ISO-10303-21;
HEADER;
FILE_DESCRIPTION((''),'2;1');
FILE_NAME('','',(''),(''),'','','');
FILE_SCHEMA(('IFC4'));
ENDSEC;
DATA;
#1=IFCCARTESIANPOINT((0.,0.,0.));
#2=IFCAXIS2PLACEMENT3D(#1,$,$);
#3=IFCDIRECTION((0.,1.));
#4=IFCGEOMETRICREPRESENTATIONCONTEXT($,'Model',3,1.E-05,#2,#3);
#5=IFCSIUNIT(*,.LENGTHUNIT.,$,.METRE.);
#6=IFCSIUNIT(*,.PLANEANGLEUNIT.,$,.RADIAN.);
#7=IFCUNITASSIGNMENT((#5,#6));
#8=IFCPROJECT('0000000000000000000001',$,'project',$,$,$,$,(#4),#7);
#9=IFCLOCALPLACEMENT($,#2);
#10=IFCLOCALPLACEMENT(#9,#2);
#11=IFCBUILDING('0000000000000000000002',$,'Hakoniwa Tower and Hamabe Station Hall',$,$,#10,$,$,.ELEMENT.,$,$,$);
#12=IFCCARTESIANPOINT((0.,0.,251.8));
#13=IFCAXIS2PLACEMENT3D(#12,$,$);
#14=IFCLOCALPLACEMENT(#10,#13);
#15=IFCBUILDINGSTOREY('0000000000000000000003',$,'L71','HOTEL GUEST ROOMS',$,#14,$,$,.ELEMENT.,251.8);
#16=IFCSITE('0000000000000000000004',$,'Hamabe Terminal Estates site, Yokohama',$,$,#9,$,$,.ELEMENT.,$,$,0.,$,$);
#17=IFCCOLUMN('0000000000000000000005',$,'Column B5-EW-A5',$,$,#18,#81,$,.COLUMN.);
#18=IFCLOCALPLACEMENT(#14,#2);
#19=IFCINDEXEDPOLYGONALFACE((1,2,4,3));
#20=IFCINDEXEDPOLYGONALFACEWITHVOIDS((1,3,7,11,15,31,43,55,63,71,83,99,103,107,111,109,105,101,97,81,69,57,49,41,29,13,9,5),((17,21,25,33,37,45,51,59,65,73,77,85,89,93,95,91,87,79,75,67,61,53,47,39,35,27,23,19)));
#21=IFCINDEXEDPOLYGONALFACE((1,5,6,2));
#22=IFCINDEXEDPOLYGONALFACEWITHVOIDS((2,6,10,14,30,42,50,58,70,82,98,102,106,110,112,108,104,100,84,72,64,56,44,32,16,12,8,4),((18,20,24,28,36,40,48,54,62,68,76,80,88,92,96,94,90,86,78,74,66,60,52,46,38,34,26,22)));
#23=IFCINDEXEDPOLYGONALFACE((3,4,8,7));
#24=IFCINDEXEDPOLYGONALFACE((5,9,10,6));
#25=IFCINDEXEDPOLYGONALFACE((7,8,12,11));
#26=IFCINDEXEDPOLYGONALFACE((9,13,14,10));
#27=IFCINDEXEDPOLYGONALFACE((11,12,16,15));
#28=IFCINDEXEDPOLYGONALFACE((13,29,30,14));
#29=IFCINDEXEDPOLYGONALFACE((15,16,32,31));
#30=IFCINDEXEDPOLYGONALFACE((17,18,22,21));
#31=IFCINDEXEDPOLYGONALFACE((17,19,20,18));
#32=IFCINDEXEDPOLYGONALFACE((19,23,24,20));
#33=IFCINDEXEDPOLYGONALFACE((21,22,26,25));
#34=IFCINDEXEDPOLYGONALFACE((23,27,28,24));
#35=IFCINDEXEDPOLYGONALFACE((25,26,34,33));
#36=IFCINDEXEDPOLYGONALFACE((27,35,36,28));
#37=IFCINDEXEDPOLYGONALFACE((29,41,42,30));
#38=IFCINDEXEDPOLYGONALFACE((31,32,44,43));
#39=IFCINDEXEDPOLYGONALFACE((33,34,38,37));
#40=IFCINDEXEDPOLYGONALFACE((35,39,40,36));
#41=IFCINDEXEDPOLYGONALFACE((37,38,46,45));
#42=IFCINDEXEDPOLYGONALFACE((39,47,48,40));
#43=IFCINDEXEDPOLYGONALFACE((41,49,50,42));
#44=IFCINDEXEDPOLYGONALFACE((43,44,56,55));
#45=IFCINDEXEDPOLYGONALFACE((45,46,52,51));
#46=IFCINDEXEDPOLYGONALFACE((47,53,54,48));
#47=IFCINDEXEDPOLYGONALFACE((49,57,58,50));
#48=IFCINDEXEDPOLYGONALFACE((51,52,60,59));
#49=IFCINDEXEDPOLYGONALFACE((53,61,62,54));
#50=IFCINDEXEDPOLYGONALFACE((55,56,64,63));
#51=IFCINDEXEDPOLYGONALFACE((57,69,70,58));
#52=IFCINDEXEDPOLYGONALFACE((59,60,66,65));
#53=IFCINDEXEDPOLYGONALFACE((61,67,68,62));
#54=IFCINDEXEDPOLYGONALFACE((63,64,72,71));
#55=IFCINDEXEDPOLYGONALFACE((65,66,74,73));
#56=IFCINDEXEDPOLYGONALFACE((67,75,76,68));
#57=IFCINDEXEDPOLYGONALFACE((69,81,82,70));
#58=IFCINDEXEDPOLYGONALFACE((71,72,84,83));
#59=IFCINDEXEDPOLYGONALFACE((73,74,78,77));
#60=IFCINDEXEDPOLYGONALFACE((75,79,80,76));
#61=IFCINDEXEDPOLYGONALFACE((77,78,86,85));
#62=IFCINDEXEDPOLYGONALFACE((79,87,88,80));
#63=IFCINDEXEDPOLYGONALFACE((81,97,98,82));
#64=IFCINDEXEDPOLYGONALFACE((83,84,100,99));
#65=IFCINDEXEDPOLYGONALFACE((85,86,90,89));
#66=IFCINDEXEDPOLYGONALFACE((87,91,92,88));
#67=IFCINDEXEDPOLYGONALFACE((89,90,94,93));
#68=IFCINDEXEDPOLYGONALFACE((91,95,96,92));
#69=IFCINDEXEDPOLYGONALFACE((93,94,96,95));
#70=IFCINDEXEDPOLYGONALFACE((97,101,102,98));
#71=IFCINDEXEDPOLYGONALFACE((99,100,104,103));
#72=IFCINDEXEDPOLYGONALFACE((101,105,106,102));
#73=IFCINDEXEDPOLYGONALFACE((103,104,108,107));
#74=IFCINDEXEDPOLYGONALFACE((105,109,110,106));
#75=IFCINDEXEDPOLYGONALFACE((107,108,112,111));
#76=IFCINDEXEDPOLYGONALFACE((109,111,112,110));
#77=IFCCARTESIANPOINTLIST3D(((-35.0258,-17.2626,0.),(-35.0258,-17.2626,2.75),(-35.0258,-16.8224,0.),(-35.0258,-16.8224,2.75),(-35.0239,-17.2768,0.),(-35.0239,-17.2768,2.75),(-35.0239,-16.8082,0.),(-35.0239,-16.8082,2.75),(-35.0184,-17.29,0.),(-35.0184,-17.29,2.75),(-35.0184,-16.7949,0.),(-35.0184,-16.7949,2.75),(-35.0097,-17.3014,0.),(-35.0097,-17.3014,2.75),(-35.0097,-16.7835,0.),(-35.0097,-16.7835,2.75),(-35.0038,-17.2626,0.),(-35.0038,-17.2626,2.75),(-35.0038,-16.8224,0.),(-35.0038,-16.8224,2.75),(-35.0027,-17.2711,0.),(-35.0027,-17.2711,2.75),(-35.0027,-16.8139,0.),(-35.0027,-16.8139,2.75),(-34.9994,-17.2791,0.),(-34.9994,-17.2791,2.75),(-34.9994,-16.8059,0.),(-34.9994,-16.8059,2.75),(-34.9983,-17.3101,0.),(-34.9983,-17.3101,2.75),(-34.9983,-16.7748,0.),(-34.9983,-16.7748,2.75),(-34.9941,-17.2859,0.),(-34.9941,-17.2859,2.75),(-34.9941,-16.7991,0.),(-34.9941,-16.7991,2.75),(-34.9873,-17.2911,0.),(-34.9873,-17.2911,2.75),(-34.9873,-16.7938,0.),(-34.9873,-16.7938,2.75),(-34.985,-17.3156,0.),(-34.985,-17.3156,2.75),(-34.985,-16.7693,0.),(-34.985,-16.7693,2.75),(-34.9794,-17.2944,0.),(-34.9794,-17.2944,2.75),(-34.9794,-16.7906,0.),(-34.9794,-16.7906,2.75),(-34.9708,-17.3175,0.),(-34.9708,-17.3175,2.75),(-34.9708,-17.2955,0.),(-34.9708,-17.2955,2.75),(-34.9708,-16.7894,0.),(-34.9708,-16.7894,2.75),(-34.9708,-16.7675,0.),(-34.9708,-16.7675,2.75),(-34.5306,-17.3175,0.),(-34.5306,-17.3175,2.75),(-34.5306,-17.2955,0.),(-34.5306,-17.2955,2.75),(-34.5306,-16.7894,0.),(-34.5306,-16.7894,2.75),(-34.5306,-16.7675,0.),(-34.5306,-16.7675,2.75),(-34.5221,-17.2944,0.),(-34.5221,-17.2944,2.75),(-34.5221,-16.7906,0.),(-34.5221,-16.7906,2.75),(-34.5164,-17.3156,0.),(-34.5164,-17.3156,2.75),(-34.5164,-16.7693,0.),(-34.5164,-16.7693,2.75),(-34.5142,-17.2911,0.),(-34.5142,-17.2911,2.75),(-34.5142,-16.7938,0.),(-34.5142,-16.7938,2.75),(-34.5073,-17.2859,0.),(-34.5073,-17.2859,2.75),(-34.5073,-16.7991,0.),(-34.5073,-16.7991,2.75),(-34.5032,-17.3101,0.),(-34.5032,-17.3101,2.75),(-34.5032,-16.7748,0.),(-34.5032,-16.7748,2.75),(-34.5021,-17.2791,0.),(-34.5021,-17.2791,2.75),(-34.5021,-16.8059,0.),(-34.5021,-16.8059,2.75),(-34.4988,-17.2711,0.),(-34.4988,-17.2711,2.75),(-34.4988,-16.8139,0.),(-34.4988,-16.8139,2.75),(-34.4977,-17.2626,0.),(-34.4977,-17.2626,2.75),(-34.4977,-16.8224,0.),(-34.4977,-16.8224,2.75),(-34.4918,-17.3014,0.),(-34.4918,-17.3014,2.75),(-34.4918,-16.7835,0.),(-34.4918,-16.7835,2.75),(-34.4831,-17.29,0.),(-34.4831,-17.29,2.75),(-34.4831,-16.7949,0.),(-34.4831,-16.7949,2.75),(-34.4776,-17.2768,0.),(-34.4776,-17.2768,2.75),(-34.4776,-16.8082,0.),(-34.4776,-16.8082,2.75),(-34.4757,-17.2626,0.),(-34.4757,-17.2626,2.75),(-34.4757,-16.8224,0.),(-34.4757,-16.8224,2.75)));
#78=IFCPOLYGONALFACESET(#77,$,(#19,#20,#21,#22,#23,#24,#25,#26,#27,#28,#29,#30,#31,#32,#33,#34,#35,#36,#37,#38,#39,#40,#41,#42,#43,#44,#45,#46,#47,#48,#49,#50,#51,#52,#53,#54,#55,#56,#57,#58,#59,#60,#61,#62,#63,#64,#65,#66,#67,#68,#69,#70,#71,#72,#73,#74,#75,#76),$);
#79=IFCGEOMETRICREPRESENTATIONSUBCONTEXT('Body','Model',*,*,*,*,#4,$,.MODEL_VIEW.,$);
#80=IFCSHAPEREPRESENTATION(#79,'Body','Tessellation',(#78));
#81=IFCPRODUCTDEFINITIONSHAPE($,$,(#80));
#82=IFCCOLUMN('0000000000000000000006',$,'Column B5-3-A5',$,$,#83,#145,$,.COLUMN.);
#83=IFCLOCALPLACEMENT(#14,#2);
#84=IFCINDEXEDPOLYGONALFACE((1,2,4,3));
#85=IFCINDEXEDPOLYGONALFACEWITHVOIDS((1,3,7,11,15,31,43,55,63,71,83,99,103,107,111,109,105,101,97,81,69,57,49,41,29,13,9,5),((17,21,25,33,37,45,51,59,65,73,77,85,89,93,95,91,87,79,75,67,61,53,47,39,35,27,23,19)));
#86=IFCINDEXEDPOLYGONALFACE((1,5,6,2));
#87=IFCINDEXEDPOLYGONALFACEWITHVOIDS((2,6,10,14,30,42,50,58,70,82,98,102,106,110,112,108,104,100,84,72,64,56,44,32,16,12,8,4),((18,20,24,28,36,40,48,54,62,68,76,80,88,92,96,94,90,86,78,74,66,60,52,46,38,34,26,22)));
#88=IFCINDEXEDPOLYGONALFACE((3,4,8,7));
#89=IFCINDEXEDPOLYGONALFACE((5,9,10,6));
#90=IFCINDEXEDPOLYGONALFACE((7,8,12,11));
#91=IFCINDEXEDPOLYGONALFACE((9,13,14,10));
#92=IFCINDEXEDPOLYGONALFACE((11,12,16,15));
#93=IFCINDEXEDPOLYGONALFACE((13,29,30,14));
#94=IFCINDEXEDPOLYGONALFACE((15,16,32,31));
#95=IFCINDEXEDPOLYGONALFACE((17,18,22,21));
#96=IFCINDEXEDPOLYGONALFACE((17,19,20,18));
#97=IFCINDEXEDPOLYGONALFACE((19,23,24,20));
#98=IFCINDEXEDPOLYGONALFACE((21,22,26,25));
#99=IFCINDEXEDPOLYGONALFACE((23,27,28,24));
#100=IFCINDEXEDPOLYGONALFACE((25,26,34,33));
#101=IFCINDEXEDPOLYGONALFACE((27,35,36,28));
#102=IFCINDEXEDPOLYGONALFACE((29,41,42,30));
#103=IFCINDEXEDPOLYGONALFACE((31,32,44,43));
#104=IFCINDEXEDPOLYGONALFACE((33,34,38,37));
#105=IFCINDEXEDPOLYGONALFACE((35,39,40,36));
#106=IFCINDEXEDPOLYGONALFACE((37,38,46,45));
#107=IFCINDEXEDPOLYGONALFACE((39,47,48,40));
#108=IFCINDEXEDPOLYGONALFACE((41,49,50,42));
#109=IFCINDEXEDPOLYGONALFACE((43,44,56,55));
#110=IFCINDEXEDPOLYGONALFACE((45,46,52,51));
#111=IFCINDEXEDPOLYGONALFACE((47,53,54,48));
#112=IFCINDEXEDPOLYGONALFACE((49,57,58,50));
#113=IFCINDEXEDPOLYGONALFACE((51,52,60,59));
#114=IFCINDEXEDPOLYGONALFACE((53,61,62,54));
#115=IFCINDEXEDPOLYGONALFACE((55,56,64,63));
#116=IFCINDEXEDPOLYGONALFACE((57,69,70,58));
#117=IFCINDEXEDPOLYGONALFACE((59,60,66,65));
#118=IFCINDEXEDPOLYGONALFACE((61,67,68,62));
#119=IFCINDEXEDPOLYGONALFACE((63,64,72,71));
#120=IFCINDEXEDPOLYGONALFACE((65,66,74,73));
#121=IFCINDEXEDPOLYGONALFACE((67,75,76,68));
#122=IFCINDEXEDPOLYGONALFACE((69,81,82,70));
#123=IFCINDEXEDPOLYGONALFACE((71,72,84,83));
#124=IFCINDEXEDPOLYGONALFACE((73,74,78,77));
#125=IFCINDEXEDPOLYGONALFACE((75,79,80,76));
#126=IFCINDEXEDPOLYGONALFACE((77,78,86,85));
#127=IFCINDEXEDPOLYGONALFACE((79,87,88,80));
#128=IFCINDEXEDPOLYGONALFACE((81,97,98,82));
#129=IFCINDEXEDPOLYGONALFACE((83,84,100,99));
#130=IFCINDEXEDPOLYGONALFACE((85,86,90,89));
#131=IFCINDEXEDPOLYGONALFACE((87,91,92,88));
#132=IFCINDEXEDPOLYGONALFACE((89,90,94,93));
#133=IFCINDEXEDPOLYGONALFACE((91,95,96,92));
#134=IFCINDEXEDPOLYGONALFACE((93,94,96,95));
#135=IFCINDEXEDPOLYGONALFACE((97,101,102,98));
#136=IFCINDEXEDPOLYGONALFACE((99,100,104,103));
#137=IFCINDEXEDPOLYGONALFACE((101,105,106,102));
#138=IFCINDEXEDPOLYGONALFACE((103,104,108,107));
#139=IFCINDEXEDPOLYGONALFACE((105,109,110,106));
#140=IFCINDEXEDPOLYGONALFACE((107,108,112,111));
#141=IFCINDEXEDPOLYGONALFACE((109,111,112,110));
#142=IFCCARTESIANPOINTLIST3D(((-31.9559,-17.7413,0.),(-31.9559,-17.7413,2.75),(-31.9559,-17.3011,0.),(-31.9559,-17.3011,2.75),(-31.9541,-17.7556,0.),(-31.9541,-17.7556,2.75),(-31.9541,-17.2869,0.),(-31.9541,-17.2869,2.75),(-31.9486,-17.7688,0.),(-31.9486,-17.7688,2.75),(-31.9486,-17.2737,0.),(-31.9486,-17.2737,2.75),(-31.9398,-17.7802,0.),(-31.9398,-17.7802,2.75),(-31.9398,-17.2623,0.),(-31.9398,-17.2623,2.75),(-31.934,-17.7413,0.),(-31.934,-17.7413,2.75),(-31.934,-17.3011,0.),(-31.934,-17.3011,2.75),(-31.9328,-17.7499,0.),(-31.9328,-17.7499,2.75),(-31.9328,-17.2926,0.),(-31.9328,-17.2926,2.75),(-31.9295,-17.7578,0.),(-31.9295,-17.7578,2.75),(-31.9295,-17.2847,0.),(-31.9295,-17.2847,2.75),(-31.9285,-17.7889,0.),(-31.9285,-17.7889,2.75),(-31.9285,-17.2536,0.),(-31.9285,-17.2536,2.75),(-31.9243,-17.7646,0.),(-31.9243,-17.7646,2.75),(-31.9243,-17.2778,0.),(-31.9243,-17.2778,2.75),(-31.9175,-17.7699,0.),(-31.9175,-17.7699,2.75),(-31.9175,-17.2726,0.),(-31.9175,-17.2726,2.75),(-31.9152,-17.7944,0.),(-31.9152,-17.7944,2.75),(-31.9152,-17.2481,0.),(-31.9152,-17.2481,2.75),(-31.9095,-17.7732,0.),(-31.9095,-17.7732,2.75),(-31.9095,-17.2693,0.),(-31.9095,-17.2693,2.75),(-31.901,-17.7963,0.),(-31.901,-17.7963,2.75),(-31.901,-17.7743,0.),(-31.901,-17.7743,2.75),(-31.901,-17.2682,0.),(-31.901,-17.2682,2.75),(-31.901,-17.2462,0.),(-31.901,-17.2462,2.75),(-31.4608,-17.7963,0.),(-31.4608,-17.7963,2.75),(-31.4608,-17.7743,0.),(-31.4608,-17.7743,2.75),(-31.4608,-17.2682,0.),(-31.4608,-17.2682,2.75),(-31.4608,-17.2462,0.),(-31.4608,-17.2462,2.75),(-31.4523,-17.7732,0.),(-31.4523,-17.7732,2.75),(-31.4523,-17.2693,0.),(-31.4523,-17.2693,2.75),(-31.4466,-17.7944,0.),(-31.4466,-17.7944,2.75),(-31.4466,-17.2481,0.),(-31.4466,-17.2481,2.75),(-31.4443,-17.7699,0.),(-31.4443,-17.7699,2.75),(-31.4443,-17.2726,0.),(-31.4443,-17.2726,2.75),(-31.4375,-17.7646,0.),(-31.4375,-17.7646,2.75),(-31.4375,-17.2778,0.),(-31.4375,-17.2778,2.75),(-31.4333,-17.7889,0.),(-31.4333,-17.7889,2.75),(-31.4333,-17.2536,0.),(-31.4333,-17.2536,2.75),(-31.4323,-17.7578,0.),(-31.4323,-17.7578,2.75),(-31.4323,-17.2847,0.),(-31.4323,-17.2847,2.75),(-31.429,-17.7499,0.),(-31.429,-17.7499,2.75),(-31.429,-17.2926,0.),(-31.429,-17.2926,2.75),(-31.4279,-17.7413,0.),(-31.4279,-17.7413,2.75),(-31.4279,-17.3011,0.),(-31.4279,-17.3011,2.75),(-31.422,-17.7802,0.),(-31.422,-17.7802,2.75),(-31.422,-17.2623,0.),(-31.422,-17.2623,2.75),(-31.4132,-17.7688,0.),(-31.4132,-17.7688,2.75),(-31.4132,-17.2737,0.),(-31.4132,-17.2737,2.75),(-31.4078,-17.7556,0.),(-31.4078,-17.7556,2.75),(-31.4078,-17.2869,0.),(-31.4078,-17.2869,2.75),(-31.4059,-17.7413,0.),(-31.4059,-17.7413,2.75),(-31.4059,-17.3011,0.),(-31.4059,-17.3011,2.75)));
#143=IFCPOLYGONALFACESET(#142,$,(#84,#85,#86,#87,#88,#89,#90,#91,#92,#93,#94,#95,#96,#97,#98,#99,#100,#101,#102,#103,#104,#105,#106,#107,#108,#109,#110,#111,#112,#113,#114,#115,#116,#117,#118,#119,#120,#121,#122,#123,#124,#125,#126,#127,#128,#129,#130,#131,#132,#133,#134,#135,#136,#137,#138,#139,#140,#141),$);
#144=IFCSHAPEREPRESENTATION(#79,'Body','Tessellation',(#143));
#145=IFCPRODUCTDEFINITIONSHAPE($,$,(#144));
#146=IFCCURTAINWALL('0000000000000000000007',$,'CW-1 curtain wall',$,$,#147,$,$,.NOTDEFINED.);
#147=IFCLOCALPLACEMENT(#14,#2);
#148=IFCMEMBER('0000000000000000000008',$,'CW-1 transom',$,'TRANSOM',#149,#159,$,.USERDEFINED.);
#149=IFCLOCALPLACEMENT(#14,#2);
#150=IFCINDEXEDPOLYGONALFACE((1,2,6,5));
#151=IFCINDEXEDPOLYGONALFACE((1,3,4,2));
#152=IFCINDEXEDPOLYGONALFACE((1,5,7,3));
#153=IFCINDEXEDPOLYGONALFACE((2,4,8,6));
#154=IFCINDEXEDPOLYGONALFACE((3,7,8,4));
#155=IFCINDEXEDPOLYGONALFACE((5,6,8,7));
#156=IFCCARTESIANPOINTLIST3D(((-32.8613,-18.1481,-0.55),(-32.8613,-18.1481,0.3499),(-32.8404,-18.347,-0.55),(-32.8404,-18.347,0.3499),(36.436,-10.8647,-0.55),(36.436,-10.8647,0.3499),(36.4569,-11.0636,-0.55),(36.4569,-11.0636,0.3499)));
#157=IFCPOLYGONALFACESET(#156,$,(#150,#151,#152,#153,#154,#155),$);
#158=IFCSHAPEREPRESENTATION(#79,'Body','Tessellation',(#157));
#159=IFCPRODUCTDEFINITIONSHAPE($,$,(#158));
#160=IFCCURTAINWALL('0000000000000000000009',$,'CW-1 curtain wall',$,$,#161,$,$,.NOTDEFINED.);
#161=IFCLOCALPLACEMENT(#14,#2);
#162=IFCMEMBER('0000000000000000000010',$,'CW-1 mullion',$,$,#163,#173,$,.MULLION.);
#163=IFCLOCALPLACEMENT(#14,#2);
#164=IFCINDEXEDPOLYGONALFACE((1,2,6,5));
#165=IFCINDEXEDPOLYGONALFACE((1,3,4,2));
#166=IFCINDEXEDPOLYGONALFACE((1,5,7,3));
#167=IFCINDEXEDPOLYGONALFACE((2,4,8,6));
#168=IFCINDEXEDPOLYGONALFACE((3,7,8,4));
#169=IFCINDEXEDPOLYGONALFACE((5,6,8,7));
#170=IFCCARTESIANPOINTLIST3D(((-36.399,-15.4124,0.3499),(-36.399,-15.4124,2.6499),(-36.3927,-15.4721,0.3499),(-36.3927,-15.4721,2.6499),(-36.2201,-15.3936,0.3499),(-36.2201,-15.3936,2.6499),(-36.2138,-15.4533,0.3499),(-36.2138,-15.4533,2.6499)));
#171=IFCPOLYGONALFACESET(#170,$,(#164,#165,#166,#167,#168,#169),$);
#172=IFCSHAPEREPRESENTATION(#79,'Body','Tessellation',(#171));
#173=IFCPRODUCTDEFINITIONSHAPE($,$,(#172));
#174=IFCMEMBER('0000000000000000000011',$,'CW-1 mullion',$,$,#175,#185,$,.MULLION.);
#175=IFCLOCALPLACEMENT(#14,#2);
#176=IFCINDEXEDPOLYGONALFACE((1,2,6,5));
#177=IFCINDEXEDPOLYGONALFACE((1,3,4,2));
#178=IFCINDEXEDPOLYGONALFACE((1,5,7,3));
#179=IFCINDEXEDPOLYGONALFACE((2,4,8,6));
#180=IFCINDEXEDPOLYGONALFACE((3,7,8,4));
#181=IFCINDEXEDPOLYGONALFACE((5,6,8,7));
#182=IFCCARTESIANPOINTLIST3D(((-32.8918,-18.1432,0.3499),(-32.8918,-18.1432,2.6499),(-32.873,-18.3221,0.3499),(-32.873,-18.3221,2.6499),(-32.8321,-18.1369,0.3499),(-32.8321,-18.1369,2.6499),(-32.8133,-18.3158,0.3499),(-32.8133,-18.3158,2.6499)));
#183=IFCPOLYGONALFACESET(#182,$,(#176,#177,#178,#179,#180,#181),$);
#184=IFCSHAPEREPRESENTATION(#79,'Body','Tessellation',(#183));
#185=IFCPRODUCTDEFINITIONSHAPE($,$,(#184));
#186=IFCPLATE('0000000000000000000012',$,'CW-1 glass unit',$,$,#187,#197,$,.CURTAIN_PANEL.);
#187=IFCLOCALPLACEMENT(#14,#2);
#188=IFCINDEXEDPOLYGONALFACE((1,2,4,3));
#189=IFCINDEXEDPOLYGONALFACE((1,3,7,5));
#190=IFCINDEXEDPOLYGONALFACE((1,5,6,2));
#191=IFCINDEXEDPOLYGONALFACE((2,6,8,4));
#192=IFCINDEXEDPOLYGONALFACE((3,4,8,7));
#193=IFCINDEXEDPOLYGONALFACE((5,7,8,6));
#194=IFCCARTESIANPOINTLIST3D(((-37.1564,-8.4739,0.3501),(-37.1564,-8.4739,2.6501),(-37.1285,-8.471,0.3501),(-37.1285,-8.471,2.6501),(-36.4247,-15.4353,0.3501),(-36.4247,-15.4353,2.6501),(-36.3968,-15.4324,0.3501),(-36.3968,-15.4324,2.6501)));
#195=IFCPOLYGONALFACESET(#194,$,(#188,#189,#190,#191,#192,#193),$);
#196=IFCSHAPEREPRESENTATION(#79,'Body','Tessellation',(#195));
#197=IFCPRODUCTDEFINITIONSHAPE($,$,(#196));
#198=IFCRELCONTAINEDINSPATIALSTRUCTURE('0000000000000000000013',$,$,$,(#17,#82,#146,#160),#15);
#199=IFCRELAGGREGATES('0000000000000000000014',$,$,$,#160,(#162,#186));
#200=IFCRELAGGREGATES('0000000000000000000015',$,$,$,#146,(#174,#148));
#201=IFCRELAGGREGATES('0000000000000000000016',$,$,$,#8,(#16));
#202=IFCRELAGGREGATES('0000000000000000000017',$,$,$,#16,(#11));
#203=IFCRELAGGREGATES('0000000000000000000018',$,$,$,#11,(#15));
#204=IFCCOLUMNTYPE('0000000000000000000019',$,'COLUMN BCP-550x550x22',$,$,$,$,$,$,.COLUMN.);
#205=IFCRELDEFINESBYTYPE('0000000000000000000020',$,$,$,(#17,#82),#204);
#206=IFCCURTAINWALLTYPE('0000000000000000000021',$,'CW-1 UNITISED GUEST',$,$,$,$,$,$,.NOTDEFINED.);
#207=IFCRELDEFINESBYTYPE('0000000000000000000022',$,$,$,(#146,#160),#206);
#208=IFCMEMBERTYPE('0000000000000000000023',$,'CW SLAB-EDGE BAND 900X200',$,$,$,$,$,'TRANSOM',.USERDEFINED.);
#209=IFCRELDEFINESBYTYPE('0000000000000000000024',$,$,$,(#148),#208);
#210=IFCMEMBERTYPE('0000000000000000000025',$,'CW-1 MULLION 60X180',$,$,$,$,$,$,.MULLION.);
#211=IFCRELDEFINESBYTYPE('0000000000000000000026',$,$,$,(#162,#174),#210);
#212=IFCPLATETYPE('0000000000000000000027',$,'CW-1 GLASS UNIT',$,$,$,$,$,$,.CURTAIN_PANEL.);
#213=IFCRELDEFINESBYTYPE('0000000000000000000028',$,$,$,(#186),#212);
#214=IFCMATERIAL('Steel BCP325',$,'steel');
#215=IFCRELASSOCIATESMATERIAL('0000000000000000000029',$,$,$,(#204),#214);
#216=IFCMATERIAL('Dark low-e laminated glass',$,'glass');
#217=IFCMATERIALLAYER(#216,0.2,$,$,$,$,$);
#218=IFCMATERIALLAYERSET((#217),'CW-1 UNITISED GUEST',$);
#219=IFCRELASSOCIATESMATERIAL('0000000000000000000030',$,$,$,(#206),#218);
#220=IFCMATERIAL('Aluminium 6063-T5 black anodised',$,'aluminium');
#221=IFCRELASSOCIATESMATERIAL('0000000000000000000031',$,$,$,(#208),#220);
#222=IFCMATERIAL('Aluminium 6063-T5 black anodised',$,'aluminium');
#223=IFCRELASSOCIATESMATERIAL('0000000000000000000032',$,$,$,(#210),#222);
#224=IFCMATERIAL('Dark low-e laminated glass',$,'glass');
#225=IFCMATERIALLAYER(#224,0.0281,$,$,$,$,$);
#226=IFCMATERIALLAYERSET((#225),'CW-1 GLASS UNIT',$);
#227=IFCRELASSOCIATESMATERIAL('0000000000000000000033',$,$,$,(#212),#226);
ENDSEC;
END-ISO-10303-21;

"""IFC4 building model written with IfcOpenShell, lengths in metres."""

from ifc_helpers import new_model, si_unit, direction, frame, origin, origin_2d, place, context, subcontext, project, spatial, rectangle, hollow_rectangle, extrude, material, layer, layer_set, material_profile, profile_set, type_object, element, aggregate, save


model = new_model("IFC4")

# Units and contexts
model_context = context("Model", 3, precision=1e-05, world=origin(), true_north=direction((0.0, 1.0)))
body_context = subcontext(model_context, "Body", "Model", "MODEL_VIEW")
ifc_project = project(units=[si_unit("LENGTHUNIT", "METRE"), si_unit("PLANEANGLEUNIT", "RADIAN")], contexts=[model_context])

# Site, building, storey
site_placement = place(None, origin())
site = spatial("IfcSite", under=ifc_project, at=site_placement, Name="Hamabe Terminal Estates site, Yokohama", CompositionType="ELEMENT", RefElevation=0.0)
building_placement = place(site_placement, origin())
building = spatial("IfcBuilding", under=site, at=building_placement, Name="Hakoniwa Tower and Hamabe Station Hall", CompositionType="ELEMENT")
storey_placement = place(building_placement, frame((0.0, 0.0, 251.8)))
storey = spatial("IfcBuildingStorey", under=building, at=storey_placement, Name="L71", Description="HOTEL GUEST ROOMS", CompositionType="ELEMENT", Elevation=251.8)

# Columns
ifc_material_1 = material(Name="Steel BCP325", Category="steel")
ifc_material_profile_1 = material_profile(ifc_material_1, hollow_rectangle(XDim=0.55, YDim=0.55, WallThickness=0.022, InnerFilletRadius=0.033, OuterFilletRadius=0.0549, at=origin_2d()), Name="BCP-550x550x22")
ifc_profile_set_1 = profile_set([ifc_material_profile_1], Name="Steel BCP325")
column_type = type_object("IfcColumnType", Name="COLUMN BCP-550x550x22", PredefinedType="COLUMN", material=ifc_profile_set_1)
for number, where, z_axis, x_axis, name in (
    (1, (-34.7507, -17.0425, 0.0), (0.0, 0.0, 1.0), (1.0, 0.0, 0.0), "Column B5-EW-A5"),
    (2, (-31.6809, -17.5212, 0.0), (0.0, 0.0, 1.0), (1.0, 0.0, 0.0), "Column B5-3-A5"),
):
    element("IfcColumn", number, at=place(storey_placement, frame(where, z_axis=z_axis, x_axis=x_axis)), inside=storey, type_object=column_type, Name=name, PredefinedType="COLUMN", context=body_context, shape_type="SweptSolid", body=[
        extrude(hollow_rectangle(XDim=0.55, YDim=0.55, WallThickness=0.022, InnerFilletRadius=0.033, OuterFilletRadius=0.0549, at=origin_2d()), origin(), (0.0, 0.0, 1.0), 2.75),
    ])

# Curtain walls, members
ifc_material_2 = material(Name="Dark low-e laminated glass", Category="glass")
ifc_layer_1 = layer(ifc_material_2, 0.2)
ifc_layer_set_1 = layer_set([ifc_layer_1], Name="CW-1 UNITISED GUEST")
curtain_wall_type = type_object("IfcCurtainWallType", Name="CW-1 UNITISED GUEST", PredefinedType="NOTDEFINED", material=ifc_layer_set_1)
curtain_wall_1_placement = place(storey_placement, origin())
curtain_wall_1 = element("IfcCurtainWall", 3, at=curtain_wall_1_placement, inside=storey, type_object=curtain_wall_type, Name="CW-1 curtain wall", PredefinedType="NOTDEFINED")
ifc_material_3 = material(Name="Aluminium 6063-T5 black anodised", Category="aluminium")
ifc_material_profile_2 = material_profile(ifc_material_3, rectangle(XDim=0.2, YDim=0.8999, at=origin_2d()), Name="CW SLAB-EDGE BAND 900X200")
ifc_profile_set_2 = profile_set([ifc_material_profile_2], Name="Aluminium 6063-T5 black anodised")
member_type_1 = type_object("IfcMemberType", Name="CW SLAB-EDGE BAND 900X200", ElementType="TRANSOM", PredefinedType="USERDEFINED", material=ifc_profile_set_2)
member_1_placement = place(storey_placement, frame((-32.8508, -18.2476, -0.1001), z_axis=(0.994522, 0.104528, 0.0), x_axis=(-0.104528, 0.994522, 0.0)))
member_1 = element("IfcMember", 4, at=member_1_placement, type_object=member_type_1, Name="CW-1 transom", ObjectType="TRANSOM", PredefinedType="USERDEFINED", context=body_context, shape_type="SweptSolid", body=[
    extrude(rectangle(XDim=0.2, YDim=0.8999, at=origin_2d()), origin(), (0.0, 0.0, 1.0), 69.679),
])
curtain_wall_2_placement = place(storey_placement, origin())
curtain_wall_2 = element("IfcCurtainWall", 5, at=curtain_wall_2_placement, inside=storey, type_object=curtain_wall_type, Name="CW-1 curtain wall", PredefinedType="NOTDEFINED")
ifc_material_4 = material(Name="Aluminium 6063-T5 black anodised", Category="aluminium")
ifc_material_profile_3 = material_profile(ifc_material_4, rectangle(XDim=0.0601, YDim=0.1799, at=origin_2d()), Name="CW-1 MULLION 60X180")
ifc_profile_set_3 = profile_set([ifc_material_profile_3], Name="Aluminium 6063-T5 black anodised")
member_type_2 = type_object("IfcMemberType", Name="CW-1 MULLION 60X180", PredefinedType="MULLION", material=ifc_profile_set_3)
member_2_placement = place(storey_placement, frame((-36.3064, -15.4329, 0.3499), z_axis=(0.0, 0.0, 1.0), x_axis=(0.104528, -0.994522, 0.0)))
member_2 = element("IfcMember", 6, at=member_2_placement, type_object=member_type_2, Name="CW-1 mullion", PredefinedType="MULLION", context=body_context, shape_type="SweptSolid", body=[
    extrude(rectangle(XDim=0.0601, YDim=0.1799, at=origin_2d()), origin(), (0.0, 0.0, 1.0), 2.3),
])

# Member
member_3_placement = place(storey_placement, frame((-32.8525, -18.2295, 0.3499), z_axis=(0.0, 0.0, 1.0), x_axis=(0.994522, 0.104528, 0.0)))
member_3 = element("IfcMember", 7, at=member_3_placement, type_object=member_type_2, Name="CW-1 mullion", PredefinedType="MULLION", context=body_context, shape_type="SweptSolid", body=[
    extrude(rectangle(XDim=0.0601, YDim=0.1799, at=origin_2d()), origin(), (0.0, 0.0, 1.0), 2.3),
])

# Plate
ifc_material_5 = material(Name="Dark low-e laminated glass", Category="glass")
ifc_layer_2 = layer(ifc_material_5, 0.0281)
ifc_layer_set_2 = layer_set([ifc_layer_2], Name="CW-1 GLASS UNIT")
plate_type = type_object("IfcPlateType", Name="CW-1 GLASS UNIT", PredefinedType="CURTAIN_PANEL", material=ifc_layer_set_2)
plate_1_placement = place(storey_placement, frame((-36.7766, -11.9531, 0.3501), z_axis=(0.0, 0.0, 1.0), x_axis=(0.104528, -0.994522, 0.0)))
plate_1 = element("IfcPlate", 8, at=plate_1_placement, type_object=plate_type, Name="CW-1 glass unit", PredefinedType="CURTAIN_PANEL", context=body_context, shape_type="SweptSolid", body=[
    extrude(rectangle(XDim=6.9998, YDim=0.0281, at=origin_2d()), origin(), (0.0, 0.0, 1.0), 2.3),
])
aggregate(curtain_wall_2, [member_2, plate_1])
aggregate(curtain_wall_1, [member_3, member_1])

save(model, "model.ifc")
